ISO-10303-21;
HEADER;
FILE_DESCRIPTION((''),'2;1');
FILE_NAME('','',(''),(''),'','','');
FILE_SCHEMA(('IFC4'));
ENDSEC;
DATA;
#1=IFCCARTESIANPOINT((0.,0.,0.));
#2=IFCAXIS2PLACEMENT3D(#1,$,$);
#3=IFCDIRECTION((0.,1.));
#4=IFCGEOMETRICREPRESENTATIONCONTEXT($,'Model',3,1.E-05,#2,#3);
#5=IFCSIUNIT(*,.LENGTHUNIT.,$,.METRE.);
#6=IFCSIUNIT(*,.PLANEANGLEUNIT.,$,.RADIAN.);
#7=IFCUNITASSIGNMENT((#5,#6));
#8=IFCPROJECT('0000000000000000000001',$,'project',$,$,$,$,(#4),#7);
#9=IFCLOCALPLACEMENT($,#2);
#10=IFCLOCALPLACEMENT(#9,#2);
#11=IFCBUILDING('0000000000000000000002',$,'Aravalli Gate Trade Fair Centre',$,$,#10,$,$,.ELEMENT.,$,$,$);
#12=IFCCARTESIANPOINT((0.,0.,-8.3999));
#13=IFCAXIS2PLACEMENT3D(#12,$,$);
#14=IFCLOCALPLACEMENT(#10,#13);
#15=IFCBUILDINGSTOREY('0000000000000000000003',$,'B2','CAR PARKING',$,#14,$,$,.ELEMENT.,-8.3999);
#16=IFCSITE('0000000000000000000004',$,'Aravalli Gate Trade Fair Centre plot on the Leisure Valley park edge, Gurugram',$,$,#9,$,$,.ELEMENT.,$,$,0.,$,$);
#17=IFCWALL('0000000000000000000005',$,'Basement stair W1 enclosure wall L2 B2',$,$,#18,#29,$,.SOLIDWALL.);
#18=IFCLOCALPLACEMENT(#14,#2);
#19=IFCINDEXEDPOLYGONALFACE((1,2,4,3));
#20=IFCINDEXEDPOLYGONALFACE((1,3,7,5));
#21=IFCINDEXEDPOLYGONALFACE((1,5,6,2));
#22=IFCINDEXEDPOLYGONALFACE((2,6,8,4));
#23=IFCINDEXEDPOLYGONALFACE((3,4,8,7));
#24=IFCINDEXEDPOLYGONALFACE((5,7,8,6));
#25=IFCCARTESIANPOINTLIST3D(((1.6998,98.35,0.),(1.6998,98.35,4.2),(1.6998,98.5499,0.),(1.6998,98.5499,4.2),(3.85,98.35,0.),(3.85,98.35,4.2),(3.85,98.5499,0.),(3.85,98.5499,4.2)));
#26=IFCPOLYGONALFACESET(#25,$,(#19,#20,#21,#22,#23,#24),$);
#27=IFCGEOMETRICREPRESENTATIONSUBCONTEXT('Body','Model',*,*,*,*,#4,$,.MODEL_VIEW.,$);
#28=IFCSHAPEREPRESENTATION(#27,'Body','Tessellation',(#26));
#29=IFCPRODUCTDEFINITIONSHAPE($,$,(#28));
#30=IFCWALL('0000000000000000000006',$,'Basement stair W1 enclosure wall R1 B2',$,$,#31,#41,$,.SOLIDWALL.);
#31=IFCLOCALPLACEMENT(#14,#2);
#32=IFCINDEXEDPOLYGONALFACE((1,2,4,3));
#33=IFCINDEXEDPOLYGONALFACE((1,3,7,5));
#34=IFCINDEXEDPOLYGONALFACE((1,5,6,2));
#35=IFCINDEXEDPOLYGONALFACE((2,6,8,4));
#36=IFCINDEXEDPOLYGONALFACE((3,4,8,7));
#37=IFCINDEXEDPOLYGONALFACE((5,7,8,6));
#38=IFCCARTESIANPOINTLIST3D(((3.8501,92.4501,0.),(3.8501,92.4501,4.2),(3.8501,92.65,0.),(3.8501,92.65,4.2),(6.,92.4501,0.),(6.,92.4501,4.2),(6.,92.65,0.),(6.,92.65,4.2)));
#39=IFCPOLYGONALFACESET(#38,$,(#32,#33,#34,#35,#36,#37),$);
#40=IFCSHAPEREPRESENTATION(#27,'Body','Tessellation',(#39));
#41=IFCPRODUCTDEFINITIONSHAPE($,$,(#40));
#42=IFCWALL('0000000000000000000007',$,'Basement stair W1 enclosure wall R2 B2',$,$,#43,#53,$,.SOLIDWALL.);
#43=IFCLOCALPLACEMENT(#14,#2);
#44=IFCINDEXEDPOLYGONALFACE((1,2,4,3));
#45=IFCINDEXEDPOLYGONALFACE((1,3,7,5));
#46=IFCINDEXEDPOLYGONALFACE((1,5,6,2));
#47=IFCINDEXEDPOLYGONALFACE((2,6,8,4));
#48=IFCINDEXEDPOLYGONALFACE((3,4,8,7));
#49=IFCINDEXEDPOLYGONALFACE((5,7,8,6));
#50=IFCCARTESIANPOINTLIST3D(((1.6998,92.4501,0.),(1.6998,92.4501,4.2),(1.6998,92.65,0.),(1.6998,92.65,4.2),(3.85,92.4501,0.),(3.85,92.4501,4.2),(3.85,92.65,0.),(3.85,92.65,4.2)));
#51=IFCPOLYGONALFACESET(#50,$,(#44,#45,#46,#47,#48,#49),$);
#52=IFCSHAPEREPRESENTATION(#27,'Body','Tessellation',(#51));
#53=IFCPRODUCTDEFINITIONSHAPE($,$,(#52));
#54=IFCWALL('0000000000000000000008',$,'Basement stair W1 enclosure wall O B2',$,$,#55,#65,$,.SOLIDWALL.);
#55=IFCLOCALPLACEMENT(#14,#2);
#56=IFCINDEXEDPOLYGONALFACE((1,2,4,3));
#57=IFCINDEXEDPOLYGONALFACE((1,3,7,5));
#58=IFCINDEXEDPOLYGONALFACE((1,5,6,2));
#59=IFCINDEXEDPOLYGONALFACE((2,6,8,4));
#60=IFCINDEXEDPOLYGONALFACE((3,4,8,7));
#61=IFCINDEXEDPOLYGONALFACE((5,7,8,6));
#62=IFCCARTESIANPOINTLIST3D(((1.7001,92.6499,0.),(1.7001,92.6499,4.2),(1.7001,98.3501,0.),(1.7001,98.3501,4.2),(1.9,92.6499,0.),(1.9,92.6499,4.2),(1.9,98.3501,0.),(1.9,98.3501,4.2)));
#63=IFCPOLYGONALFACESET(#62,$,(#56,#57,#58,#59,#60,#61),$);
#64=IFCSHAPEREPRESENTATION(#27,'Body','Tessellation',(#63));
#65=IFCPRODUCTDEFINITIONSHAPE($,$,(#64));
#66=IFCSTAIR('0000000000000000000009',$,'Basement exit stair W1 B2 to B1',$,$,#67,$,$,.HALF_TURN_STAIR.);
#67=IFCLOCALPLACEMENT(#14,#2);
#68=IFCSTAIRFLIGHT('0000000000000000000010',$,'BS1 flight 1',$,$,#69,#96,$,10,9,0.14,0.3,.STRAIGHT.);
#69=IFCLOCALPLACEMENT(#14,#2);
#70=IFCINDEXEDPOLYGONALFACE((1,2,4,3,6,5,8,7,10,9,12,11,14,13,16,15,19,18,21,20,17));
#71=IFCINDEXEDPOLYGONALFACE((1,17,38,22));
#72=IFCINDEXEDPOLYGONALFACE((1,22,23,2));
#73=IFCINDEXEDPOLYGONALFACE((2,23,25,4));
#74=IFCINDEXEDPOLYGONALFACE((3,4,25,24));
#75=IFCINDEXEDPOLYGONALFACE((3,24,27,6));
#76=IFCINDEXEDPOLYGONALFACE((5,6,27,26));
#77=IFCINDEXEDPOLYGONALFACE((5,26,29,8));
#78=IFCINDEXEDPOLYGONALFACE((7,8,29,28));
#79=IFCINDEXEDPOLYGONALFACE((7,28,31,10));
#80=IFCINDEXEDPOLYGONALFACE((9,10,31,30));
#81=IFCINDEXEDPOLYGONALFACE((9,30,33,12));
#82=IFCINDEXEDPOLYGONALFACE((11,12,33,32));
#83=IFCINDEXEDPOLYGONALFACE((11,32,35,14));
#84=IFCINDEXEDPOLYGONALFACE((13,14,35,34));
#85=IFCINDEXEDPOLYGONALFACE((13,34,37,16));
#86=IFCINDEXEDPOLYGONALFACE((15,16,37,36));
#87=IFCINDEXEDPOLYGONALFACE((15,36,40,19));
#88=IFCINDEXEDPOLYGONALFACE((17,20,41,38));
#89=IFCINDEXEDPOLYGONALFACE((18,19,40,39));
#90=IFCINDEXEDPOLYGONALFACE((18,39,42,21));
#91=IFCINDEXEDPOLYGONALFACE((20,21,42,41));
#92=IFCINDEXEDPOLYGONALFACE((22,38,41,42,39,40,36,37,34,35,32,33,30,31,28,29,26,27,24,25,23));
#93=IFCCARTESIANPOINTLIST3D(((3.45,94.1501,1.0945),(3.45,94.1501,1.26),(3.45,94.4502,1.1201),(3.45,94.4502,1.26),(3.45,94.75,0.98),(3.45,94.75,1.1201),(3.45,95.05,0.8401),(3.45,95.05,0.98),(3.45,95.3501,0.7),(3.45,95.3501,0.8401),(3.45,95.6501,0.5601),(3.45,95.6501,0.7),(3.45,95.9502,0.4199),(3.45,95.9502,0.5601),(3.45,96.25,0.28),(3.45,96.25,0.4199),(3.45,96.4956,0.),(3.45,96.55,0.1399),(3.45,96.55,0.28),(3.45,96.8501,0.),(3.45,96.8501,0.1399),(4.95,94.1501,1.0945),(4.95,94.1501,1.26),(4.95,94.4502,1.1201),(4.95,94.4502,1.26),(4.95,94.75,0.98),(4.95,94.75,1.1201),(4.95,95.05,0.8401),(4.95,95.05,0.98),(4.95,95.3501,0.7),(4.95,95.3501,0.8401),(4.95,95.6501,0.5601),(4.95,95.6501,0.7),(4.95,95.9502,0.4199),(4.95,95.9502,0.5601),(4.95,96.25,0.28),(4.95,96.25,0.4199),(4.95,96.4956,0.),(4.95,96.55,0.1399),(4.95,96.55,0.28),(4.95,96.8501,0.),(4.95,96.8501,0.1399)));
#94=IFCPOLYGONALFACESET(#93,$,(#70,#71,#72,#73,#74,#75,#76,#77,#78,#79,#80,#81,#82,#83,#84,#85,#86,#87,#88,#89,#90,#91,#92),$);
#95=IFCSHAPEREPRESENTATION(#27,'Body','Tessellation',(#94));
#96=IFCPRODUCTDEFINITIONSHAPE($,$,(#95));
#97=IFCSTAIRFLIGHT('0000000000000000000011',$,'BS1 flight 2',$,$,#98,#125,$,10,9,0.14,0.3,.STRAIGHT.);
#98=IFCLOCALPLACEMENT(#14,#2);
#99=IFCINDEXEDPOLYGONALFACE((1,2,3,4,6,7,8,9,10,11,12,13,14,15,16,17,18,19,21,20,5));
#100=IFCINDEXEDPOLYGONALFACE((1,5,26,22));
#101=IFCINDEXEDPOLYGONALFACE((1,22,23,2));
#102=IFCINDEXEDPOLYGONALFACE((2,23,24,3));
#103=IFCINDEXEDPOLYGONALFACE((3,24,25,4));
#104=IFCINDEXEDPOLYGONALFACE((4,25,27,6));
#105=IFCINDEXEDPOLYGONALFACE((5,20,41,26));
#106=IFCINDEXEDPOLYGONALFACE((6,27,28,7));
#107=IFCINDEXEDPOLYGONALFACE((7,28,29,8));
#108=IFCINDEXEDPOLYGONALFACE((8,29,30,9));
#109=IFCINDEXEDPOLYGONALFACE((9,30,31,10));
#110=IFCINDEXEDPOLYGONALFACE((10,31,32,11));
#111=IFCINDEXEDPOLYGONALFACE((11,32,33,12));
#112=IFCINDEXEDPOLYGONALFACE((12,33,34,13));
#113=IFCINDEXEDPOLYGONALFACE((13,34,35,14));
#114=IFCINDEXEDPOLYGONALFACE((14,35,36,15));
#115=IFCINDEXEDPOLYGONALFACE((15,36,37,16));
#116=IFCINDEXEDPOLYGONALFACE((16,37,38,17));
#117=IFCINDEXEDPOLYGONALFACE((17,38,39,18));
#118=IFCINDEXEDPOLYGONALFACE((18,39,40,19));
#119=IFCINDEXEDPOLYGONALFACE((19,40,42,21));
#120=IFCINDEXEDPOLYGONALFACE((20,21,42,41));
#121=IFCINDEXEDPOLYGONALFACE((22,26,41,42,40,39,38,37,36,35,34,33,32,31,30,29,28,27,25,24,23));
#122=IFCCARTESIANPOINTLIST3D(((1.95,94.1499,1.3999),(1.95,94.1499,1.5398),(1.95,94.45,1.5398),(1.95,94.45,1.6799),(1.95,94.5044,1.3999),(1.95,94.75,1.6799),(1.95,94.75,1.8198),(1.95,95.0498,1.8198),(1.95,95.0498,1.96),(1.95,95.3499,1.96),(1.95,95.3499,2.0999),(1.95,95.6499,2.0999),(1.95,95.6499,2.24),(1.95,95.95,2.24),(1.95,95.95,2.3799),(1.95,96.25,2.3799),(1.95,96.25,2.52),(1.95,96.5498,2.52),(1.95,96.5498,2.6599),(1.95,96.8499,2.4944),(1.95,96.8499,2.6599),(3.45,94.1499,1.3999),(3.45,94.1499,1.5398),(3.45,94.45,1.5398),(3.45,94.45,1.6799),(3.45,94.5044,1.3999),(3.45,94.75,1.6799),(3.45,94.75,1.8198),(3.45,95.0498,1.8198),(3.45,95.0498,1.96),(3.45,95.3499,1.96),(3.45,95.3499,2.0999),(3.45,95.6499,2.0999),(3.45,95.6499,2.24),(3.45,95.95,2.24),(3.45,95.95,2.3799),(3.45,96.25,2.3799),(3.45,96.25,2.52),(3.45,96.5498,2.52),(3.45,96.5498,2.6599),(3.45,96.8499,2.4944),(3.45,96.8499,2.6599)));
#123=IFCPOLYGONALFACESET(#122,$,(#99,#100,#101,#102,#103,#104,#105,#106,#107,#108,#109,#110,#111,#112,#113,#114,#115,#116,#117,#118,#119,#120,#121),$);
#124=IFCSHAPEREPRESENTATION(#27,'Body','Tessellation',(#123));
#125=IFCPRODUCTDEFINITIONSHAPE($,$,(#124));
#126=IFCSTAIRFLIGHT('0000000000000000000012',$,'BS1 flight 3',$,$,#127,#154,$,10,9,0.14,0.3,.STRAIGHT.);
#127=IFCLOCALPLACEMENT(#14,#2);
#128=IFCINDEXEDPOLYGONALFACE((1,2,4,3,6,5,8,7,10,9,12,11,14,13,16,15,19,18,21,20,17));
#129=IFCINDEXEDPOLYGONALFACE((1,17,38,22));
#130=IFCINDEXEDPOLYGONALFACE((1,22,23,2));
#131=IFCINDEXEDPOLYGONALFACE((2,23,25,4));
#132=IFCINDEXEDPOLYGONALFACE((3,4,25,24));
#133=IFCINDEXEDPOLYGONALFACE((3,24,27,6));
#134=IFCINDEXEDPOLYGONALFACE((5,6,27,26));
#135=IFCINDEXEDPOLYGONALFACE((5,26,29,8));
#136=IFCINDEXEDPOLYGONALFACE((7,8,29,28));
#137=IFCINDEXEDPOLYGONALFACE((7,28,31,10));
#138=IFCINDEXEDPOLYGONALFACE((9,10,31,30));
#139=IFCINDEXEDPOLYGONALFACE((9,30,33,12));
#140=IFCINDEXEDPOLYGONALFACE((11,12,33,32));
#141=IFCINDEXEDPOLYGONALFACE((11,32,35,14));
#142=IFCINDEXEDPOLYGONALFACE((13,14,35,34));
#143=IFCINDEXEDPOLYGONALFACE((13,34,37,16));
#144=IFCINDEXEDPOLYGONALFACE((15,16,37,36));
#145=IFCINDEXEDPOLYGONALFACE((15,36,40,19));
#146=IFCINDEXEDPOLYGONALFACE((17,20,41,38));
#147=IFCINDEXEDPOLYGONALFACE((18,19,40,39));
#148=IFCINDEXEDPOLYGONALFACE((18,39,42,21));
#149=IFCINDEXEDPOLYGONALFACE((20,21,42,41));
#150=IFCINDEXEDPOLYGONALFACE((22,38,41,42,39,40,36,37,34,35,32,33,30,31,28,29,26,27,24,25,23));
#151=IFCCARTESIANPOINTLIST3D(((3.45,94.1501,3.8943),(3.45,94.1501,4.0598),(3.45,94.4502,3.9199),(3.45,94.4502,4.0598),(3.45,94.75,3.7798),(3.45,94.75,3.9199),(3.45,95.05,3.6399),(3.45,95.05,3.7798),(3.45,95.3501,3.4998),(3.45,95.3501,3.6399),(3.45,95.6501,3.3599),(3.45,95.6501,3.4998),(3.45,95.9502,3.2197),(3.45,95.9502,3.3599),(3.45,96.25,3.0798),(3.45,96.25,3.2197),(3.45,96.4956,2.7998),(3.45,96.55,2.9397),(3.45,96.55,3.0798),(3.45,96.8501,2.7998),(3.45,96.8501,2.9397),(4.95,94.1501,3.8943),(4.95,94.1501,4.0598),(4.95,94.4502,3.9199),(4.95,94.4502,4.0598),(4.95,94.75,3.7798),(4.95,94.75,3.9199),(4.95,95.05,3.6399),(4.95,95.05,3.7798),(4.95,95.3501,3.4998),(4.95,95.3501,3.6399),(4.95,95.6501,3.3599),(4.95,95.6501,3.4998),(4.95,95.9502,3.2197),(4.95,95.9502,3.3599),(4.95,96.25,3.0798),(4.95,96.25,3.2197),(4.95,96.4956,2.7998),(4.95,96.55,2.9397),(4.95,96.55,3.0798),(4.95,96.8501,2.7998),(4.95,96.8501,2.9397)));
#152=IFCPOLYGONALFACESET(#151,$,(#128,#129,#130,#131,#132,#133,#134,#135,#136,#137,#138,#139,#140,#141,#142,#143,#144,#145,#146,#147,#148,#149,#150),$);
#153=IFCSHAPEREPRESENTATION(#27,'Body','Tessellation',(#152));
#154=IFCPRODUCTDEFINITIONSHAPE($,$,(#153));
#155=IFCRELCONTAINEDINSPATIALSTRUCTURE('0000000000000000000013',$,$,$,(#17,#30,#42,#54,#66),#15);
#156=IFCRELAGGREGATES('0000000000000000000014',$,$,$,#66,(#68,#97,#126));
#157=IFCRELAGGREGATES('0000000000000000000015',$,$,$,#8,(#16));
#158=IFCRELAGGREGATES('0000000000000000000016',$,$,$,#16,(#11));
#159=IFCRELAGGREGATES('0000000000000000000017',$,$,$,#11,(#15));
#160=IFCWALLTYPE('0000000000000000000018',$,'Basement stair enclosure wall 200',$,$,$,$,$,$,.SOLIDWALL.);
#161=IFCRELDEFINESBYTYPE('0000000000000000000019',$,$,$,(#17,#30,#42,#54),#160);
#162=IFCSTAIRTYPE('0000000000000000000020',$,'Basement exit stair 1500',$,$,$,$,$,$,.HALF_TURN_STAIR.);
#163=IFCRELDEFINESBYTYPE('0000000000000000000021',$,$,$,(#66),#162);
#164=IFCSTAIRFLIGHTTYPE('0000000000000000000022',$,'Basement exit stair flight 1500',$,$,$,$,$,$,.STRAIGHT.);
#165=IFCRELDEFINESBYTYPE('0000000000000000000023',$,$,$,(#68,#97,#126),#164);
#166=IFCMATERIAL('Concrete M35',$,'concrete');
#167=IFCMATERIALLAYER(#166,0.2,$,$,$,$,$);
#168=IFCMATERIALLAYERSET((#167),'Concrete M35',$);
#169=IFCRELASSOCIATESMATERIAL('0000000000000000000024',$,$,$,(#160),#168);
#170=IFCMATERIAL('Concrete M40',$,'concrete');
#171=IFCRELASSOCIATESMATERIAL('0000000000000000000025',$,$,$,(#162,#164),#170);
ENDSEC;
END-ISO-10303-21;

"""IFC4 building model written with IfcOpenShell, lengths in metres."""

from ifc_helpers import new_model, si_unit, direction, frame, frame_2d, origin, place, context, subcontext, project, spatial, polyline, rectangle, outline, extrude, material, layer, layer_set, type_object, element, aggregate, save


model = new_model("IFC4")

# Units and contexts
model_context = context("Model", 3, precision=1e-05, world=origin(), true_north=direction((0.0, 1.0)))
body_context = subcontext(model_context, "Body", "Model", "MODEL_VIEW")
ifc_project = project(units=[si_unit("LENGTHUNIT", "METRE"), si_unit("PLANEANGLEUNIT", "RADIAN")], contexts=[model_context])

# Site, building, storey
site_placement = place(None, origin())
site = spatial("IfcSite", under=ifc_project, at=site_placement, Name="Aravalli Gate Trade Fair Centre plot on the Leisure Valley park edge, Gurugram", CompositionType="ELEMENT", RefElevation=0.0)
building_placement = place(site_placement, origin())
building = spatial("IfcBuilding", under=site, at=building_placement, Name="Aravalli Gate Trade Fair Centre", CompositionType="ELEMENT")
storey_placement = place(building_placement, frame((0.0, 0.0, -8.3999)))
storey = spatial("IfcBuildingStorey", under=building, at=storey_placement, Name="B2", Description="CAR PARKING", CompositionType="ELEMENT", Elevation=-8.3999)

# Shared definitions
ifc_material_1 = material(Name="Concrete M35", Category="concrete")

# Shared definitions
ifc_material_2 = material(Name="Concrete M40", Category="concrete")

# Walls
ifc_layer_1 = layer(ifc_material_1, 0.2)
ifc_layer_set_1 = layer_set([ifc_layer_1], Name="Concrete M35")
wall_type_1 = type_object("IfcWallType", Name="Basement stair enclosure wall 200", PredefinedType="SOLIDWALL", material=ifc_layer_set_1)
wall_1_placement = place(storey_placement, frame((3.8501, 98.45, 0.0), z_axis=(0.0, 0.0, 1.0), x_axis=(-1.0, 0.0, 0.0)))
element("IfcWall", 1, at=wall_1_placement, inside=storey, type_object=wall_type_1, Name="Basement stair W1 enclosure wall L2 B2", PredefinedType="SOLIDWALL", context=body_context, shape_type="SweptSolid", body=[
    extrude(rectangle(XDim=2.1501, YDim=0.2, at=frame_2d((1.0752, 0.0))), origin(), (0.0, 0.0, 1.0), 4.2),
])
wall_2_placement = place(storey_placement, frame((6.0, 92.55, 0.0), z_axis=(0.0, 0.0, 1.0), x_axis=(-1.0, 0.0, 0.0)))
element("IfcWall", 2, at=wall_2_placement, inside=storey, type_object=wall_type_1, Name="Basement stair W1 enclosure wall R1 B2", PredefinedType="SOLIDWALL", context=body_context, shape_type="SweptSolid", body=[
    extrude(rectangle(XDim=2.1499, YDim=0.2, at=frame_2d((1.075, 0.0))), origin(), (0.0, 0.0, 1.0), 4.2),
])
wall_3_placement = place(storey_placement, frame((3.8501, 92.55, 0.0), z_axis=(0.0, 0.0, 1.0), x_axis=(-1.0, 0.0, 0.0)))
element("IfcWall", 3, at=wall_3_placement, inside=storey, type_object=wall_type_1, Name="Basement stair W1 enclosure wall R2 B2", PredefinedType="SOLIDWALL", context=body_context, shape_type="SweptSolid", body=[
    extrude(rectangle(XDim=2.1501, YDim=0.2, at=frame_2d((1.0752, 0.0))), origin(), (0.0, 0.0, 1.0), 4.2),
])
wall_4_placement = place(storey_placement, frame((1.8, 98.3501, 0.0), z_axis=(0.0, 0.0, 1.0), x_axis=(0.0, -1.0, 0.0)))
element("IfcWall", 4, at=wall_4_placement, inside=storey, type_object=wall_type_1, Name="Basement stair W1 enclosure wall O B2", PredefinedType="SOLIDWALL", context=body_context, shape_type="SweptSolid", body=[
    extrude(rectangle(XDim=5.7002, YDim=0.2, at=frame_2d((2.8501, 0.0))), origin(), (0.0, 0.0, 1.0), 4.2),
])

# Stair, stair flights
stair_type = type_object("IfcStairType", Name="Basement exit stair 1500", PredefinedType="HALF_TURN_STAIR", material=ifc_material_2)
stair_placement = place(storey_placement, origin())
stair = element("IfcStair", 5, at=stair_placement, inside=storey, type_object=stair_type, Name="Basement exit stair W1 B2 to B1", PredefinedType="HALF_TURN_STAIR")
stair_flight_type = type_object("IfcStairFlightType", Name="Basement exit stair flight 1500", PredefinedType="STRAIGHT", material=ifc_material_2)
stair_flight_1_placement = place(storey_placement, frame((4.2, 96.8501, 0.0), z_axis=(0.0, 0.0, 1.0), x_axis=(0.0, -1.0, 0.0)))
stair_flight_1 = element("IfcStairFlight", 6, at=stair_flight_1_placement, type_object=stair_flight_type, Name="BS1 flight 1", NumberOfRisers=10, NumberOfTreads=9, PredefinedType="STRAIGHT", RiserHeight=0.14, TreadLength=0.3, context=body_context, shape_type="SweptSolid", body=[
    extrude(outline(polyline([(0.0, 0.0), (0.0, 0.1399), (0.3, 0.1399), (0.3, 0.28), (0.6001, 0.28), (0.6001, 0.4199), (0.8999, 0.4199), (0.8999, 0.5601), (1.2, 0.5601), (1.2, 0.7), (1.5, 0.7), (1.5, 0.8401), (1.8, 0.8401), (1.8, 0.98), (2.1001, 0.98), (2.1001, 1.1201), (2.3999, 1.1201), (2.3999, 1.26), (2.7, 1.26), (2.7, 1.3999), (2.7, 1.0945), (0.3545, 0.0), (0.0, 0.0)])), frame((0.0, 0.75, 0.0), z_axis=(0.0, -1.0, 0.0), x_axis=(1.0, 0.0, 0.0)), (0.0, 0.0, 1.0), 1.5),
])
stair_flight_2_placement = place(storey_placement, frame((2.7, 94.1499, 1.3999), z_axis=(0.0, 0.0, 1.0), x_axis=(0.0, 1.0, 0.0)))
stair_flight_2 = element("IfcStairFlight", 7, at=stair_flight_2_placement, type_object=stair_flight_type, Name="BS1 flight 2", NumberOfRisers=10, NumberOfTreads=9, PredefinedType="STRAIGHT", RiserHeight=0.14, TreadLength=0.3, context=body_context, shape_type="SweptSolid", body=[
    extrude(outline(polyline([(0.0, 0.0), (0.0, 0.1399), (0.3, 0.1399), (0.3, 0.28), (0.6001, 0.28), (0.6001, 0.4199), (0.8999, 0.4199), (0.8999, 0.5601), (1.2, 0.5601), (1.2, 0.7), (1.5, 0.7), (1.5, 0.8401), (1.8, 0.8401), (1.8, 0.98), (2.1001, 0.98), (2.1001, 1.1201), (2.3999, 1.1201), (2.3999, 1.26), (2.7, 1.26), (2.7, 1.3999), (2.7, 1.0945), (0.3545, 0.0), (0.0, 0.0)])), frame((0.0, 0.75, 0.0), z_axis=(0.0, -1.0, 0.0), x_axis=(1.0, 0.0, 0.0)), (0.0, 0.0, 1.0), 1.5),
])
stair_flight_3_placement = place(storey_placement, frame((4.2, 96.8501, 2.7998), z_axis=(0.0, 0.0, 1.0), x_axis=(0.0, -1.0, 0.0)))
stair_flight_3 = element("IfcStairFlight", 8, at=stair_flight_3_placement, type_object=stair_flight_type, Name="BS1 flight 3", NumberOfRisers=10, NumberOfTreads=9, PredefinedType="STRAIGHT", RiserHeight=0.14, TreadLength=0.3, context=body_context, shape_type="SweptSolid", body=[
    extrude(outline(polyline([(0.0, 0.0), (0.0, 0.1399), (0.3, 0.1399), (0.3, 0.28), (0.6001, 0.28), (0.6001, 0.4199), (0.8999, 0.4199), (0.8999, 0.5601), (1.2, 0.5601), (1.2, 0.7), (1.5, 0.7), (1.5, 0.8401), (1.8, 0.8401), (1.8, 0.98), (2.1001, 0.98), (2.1001, 1.1201), (2.3999, 1.1201), (2.3999, 1.26), (2.7, 1.26), (2.7, 1.3999), (2.7, 1.0945), (0.3545, 0.0), (0.0, 0.0)])), frame((0.0, 0.75, 0.0), z_axis=(0.0, -1.0, 0.0), x_axis=(1.0, 0.0, 0.0)), (0.0, 0.0, 1.0), 1.5),
])
aggregate(stair, [stair_flight_1, stair_flight_2, stair_flight_3])

save(model, "model.ifc")
